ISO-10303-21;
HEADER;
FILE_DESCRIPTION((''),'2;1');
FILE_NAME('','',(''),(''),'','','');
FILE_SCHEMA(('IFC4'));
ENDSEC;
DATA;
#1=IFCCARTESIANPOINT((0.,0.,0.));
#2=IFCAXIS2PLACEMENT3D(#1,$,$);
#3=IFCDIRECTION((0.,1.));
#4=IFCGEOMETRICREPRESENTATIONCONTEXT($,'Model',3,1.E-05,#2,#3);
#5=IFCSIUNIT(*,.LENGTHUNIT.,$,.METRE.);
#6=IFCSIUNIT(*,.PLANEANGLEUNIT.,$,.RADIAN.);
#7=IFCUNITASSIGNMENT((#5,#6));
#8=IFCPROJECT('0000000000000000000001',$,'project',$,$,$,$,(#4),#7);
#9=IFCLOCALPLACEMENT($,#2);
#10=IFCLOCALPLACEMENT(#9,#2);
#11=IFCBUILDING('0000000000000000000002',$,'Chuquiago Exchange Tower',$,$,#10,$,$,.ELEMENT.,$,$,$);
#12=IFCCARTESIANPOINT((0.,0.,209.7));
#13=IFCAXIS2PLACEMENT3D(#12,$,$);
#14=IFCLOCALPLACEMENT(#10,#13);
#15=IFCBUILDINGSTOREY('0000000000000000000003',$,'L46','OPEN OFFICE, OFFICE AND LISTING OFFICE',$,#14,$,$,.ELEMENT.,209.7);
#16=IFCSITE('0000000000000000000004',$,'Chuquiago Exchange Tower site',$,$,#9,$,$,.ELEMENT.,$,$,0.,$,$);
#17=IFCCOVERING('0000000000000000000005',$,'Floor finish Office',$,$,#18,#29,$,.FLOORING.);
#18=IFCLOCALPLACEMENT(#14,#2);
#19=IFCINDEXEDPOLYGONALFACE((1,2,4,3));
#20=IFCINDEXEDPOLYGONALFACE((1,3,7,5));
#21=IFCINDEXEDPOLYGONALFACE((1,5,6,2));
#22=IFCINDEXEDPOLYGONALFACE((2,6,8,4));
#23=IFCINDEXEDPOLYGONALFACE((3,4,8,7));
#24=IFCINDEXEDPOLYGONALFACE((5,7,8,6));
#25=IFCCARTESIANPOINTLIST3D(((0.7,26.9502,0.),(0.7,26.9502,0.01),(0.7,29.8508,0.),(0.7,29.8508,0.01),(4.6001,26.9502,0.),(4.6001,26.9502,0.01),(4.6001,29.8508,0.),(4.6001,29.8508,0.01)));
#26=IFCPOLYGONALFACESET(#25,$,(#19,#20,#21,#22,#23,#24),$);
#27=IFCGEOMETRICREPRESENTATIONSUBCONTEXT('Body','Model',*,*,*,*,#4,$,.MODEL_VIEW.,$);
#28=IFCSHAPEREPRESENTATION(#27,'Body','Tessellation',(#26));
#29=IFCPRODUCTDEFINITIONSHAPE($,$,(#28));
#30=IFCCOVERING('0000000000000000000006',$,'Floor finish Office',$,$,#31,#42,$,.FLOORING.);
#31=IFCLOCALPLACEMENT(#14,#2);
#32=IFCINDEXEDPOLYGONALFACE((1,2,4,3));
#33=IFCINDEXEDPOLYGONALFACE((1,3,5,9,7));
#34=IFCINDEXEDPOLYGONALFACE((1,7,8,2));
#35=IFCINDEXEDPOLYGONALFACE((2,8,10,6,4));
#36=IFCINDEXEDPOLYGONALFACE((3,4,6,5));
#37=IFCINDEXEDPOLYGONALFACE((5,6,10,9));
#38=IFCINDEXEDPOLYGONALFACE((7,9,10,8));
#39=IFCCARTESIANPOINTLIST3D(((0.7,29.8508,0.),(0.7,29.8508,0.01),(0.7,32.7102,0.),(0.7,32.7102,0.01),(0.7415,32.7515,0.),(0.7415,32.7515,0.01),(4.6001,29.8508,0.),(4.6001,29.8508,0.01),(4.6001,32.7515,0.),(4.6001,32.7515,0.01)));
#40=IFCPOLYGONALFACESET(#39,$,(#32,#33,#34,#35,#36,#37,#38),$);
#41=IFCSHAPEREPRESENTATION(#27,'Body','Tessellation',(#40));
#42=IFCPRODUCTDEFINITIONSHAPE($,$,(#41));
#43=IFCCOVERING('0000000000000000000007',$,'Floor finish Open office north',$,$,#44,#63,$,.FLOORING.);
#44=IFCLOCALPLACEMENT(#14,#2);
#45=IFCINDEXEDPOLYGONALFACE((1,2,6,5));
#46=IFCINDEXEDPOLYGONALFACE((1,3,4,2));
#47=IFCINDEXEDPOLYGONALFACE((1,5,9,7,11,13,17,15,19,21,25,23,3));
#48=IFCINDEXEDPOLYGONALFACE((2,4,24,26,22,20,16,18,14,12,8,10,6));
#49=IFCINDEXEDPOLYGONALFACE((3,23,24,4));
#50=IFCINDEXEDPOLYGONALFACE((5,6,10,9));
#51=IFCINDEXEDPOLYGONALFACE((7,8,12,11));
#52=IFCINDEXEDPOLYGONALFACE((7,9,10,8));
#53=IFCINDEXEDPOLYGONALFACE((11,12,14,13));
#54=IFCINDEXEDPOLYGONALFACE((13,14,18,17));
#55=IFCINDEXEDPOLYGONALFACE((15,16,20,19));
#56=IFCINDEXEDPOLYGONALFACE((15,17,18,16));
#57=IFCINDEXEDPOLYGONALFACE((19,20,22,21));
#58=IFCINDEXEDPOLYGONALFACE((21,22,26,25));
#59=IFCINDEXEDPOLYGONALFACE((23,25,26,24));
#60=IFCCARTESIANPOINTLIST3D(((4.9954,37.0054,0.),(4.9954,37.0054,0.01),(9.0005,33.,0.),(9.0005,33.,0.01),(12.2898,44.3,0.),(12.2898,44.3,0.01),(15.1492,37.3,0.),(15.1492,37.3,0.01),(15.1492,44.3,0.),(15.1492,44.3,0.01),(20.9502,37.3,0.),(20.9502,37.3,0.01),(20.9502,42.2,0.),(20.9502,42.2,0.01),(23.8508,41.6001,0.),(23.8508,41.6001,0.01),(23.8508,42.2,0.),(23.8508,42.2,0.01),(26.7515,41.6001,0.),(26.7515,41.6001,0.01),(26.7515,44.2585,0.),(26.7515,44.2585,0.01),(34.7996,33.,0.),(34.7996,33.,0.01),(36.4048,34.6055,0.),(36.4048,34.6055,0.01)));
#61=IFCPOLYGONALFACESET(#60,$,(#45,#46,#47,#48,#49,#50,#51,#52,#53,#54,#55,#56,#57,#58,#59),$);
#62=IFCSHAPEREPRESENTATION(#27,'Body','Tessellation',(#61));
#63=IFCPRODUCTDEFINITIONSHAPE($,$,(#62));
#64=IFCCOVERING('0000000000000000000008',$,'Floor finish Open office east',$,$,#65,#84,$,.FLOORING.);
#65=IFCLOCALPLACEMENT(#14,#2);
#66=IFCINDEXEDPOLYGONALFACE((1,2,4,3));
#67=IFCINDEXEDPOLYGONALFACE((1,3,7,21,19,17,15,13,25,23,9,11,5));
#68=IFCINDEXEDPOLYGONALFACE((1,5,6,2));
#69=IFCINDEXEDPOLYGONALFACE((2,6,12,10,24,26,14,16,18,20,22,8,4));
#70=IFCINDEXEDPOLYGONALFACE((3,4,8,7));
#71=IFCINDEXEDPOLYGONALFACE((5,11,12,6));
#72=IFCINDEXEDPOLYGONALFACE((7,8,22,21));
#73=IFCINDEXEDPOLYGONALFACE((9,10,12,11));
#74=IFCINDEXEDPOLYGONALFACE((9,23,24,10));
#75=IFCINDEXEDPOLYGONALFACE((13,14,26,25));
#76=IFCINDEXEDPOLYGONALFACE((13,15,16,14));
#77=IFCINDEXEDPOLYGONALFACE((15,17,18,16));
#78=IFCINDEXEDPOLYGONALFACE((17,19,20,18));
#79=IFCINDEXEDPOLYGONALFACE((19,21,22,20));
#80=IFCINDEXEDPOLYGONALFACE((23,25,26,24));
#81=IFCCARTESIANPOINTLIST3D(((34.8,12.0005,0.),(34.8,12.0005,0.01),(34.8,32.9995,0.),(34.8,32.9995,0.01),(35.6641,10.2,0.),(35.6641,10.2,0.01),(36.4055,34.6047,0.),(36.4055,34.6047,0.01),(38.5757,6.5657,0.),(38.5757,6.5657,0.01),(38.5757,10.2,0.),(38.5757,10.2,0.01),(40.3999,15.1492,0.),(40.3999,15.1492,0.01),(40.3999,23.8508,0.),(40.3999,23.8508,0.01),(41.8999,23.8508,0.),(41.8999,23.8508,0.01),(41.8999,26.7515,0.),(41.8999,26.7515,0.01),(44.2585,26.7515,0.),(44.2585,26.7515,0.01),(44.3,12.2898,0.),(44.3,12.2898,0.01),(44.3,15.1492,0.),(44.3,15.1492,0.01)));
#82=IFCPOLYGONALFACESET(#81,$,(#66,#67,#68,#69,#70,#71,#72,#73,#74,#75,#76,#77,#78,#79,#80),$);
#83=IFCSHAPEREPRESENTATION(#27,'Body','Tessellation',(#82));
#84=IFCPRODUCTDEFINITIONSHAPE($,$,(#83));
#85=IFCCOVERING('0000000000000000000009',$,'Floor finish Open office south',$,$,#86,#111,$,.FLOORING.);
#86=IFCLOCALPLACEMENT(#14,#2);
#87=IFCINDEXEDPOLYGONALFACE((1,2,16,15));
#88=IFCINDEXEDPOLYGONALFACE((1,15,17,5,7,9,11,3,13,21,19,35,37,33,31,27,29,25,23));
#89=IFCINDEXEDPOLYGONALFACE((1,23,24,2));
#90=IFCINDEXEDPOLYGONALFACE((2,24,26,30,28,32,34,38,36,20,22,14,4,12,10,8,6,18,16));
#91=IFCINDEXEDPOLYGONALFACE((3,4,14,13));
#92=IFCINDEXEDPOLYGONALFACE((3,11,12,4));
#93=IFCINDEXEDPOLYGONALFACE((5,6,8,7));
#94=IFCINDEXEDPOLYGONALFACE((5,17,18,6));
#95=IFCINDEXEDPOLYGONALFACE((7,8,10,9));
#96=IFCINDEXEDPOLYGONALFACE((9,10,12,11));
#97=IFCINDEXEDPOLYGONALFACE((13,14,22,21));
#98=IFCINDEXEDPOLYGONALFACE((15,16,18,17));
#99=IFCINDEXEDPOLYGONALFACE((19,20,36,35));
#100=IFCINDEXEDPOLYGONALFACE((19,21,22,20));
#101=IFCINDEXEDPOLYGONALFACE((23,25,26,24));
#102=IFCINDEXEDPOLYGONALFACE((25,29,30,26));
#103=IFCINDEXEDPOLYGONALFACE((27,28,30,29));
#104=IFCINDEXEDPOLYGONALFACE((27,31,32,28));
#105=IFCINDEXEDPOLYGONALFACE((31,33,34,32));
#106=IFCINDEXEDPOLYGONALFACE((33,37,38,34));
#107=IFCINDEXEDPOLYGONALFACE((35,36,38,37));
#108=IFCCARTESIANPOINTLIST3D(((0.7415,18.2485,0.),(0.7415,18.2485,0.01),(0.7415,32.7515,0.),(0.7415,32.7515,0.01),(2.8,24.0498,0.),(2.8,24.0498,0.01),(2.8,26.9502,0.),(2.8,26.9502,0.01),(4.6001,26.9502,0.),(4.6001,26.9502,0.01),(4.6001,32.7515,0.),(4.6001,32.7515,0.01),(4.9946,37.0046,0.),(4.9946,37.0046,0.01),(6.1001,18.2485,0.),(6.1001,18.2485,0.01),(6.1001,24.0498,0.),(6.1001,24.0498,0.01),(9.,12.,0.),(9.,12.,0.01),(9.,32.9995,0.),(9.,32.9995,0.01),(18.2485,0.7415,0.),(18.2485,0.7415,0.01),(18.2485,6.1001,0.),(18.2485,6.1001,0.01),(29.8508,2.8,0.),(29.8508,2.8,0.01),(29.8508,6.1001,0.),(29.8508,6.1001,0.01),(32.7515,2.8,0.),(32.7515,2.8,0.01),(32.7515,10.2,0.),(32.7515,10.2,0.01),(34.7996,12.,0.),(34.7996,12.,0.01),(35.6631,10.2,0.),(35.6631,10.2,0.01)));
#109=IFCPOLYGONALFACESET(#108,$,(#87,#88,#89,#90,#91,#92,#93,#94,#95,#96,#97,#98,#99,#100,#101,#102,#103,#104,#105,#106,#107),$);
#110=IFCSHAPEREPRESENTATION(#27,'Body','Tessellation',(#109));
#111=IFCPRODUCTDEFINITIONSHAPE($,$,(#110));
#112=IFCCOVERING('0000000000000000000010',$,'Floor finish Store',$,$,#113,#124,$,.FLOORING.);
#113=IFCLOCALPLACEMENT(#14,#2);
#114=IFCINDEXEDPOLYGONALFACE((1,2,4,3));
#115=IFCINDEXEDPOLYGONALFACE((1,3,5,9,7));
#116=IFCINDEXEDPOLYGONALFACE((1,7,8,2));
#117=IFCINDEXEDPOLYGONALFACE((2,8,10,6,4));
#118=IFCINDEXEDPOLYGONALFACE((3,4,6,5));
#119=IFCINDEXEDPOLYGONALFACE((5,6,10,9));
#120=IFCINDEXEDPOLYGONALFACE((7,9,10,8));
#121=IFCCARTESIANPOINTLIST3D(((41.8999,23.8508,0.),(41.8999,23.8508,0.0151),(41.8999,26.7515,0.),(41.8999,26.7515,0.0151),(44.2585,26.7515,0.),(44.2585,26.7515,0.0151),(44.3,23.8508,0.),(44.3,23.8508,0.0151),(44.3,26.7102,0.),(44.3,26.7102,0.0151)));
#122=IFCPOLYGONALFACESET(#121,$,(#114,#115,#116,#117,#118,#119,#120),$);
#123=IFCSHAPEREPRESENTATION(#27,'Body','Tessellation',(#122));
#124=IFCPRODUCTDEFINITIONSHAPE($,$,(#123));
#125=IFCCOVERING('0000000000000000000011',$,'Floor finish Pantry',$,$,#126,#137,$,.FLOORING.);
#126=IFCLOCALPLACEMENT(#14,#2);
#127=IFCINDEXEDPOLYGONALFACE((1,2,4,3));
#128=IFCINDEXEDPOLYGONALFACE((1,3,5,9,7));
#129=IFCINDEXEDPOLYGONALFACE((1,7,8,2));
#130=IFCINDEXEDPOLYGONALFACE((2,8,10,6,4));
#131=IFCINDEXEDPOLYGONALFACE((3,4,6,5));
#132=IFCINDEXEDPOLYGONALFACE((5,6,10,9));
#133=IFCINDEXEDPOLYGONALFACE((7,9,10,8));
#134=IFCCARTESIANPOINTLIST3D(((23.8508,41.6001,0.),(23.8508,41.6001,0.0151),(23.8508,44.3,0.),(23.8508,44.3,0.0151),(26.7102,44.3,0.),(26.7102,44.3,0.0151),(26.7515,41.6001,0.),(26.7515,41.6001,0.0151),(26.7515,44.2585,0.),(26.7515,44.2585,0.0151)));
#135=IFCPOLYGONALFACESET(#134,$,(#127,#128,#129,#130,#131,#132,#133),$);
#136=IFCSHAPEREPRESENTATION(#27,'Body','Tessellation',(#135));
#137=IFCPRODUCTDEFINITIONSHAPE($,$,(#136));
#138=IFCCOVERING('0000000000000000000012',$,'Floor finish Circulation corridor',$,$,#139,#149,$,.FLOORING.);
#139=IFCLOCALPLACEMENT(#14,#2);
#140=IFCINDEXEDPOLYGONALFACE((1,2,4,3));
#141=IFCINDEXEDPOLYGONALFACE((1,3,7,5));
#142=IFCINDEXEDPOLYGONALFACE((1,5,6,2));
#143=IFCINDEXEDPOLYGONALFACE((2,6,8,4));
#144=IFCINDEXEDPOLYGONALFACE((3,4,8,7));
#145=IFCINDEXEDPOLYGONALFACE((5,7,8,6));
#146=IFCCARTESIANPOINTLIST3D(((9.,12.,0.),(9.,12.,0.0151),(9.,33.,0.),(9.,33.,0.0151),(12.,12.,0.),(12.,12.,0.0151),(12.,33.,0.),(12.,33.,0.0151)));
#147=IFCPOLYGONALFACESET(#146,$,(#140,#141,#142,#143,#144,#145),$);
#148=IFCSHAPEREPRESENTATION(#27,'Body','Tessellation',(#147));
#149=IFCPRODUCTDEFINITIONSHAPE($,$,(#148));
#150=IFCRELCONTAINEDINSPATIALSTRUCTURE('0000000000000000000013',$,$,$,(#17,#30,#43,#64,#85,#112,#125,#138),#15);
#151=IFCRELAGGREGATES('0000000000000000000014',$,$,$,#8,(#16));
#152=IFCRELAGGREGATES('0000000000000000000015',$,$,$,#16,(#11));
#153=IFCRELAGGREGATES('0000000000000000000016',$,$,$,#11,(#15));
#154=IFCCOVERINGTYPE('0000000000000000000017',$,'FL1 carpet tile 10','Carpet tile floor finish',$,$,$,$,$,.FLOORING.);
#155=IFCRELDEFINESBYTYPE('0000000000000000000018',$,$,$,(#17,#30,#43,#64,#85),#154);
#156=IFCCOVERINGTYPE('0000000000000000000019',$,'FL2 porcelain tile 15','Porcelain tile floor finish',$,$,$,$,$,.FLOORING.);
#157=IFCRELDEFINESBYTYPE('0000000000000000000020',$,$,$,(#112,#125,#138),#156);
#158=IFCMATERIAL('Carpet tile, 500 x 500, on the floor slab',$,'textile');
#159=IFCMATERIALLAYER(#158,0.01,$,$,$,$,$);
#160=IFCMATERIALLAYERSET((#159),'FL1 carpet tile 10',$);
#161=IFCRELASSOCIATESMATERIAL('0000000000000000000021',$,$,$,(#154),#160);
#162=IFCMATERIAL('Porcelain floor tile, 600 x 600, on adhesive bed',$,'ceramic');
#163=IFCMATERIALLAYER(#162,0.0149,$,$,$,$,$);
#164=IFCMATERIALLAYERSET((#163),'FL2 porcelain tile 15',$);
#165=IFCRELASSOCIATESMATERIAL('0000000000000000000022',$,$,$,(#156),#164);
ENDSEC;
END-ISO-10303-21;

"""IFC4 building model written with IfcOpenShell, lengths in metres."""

from ifc_helpers import new_model, si_unit, direction, frame, origin, place, context, subcontext, project, spatial, polyline, outline, extrude, material, layer, layer_set, type_object, element, save


model = new_model("IFC4")

# Units and contexts
model_context = context("Model", 3, precision=1e-05, world=origin(), true_north=direction((0.0, 1.0)))
body_context = subcontext(model_context, "Body", "Model", "MODEL_VIEW")
ifc_project = project(units=[si_unit("LENGTHUNIT", "METRE"), si_unit("PLANEANGLEUNIT", "RADIAN")], contexts=[model_context])

# Site, building, storey
site_placement = place(None, origin())
site = spatial("IfcSite", under=ifc_project, at=site_placement, Name="Chuquiago Exchange Tower site", CompositionType="ELEMENT", RefElevation=0.0)
building_placement = place(site_placement, origin())
building = spatial("IfcBuilding", under=site, at=building_placement, Name="Chuquiago Exchange Tower", CompositionType="ELEMENT")
storey_placement = place(building_placement, frame((0.0, 0.0, 209.7)))
storey = spatial("IfcBuildingStorey", under=building, at=storey_placement, Name="L46", Description="OPEN OFFICE, OFFICE AND LISTING OFFICE", CompositionType="ELEMENT", Elevation=209.7)

# Coverings
ifc_material_1 = material(Name="Carpet tile, 500 x 500, on the floor slab", Category="textile")
ifc_layer_1 = layer(ifc_material_1, 0.01)
ifc_layer_set_1 = layer_set([ifc_layer_1], Name="FL1 carpet tile 10")
covering_type_1 = type_object("IfcCoveringType", Name="FL1 carpet tile 10", Description="Carpet tile floor finish", PredefinedType="FLOORING", material=ifc_layer_set_1)
covering_1_placement = place(storey_placement, origin())
element("IfcCovering", 1, at=covering_1_placement, inside=storey, type_object=covering_type_1, Name="Floor finish Office", PredefinedType="FLOORING", context=body_context, shape_type="SweptSolid", body=[
    extrude(outline(polyline([(0.7, 29.8508), (4.6001, 29.8508), (4.6001, 26.9502), (0.7, 26.9502), (0.7, 29.8508)])), origin(), (0.0, 0.0, 1.0), 0.01),
])
covering_2_placement = place(storey_placement, origin())
element("IfcCovering", 2, at=covering_2_placement, inside=storey, type_object=covering_type_1, Name="Floor finish Office", PredefinedType="FLOORING", context=body_context, shape_type="SweptSolid", body=[
    extrude(outline(polyline([(0.7, 32.7102), (0.7415, 32.7515), (4.6001, 32.7515), (4.6001, 29.8508), (0.7, 29.8508), (0.7, 32.7102)])), origin(), (0.0, 0.0, 1.0), 0.01),
])
covering_3_placement = place(storey_placement, origin())
element("IfcCovering", 3, at=covering_3_placement, inside=storey, type_object=covering_type_1, Name="Floor finish Open office north", PredefinedType="FLOORING", context=body_context, shape_type="SweptSolid", body=[
    extrude(outline(polyline([(15.1492, 37.3), (20.9502, 37.3), (20.9502, 42.2), (23.8508, 42.2), (23.8508, 41.6001), (26.7515, 41.6001), (26.7515, 44.2585), (36.4048, 34.6055), (34.7996, 33.0), (9.0005, 33.0), (4.9954, 37.0054), (12.2898, 44.3), (15.1492, 44.3), (15.1492, 37.3)])), origin(), (0.0, 0.0, 1.0), 0.01),
])
covering_4_placement = place(storey_placement, origin())
element("IfcCovering", 4, at=covering_4_placement, inside=storey, type_object=covering_type_1, Name="Floor finish Open office east", PredefinedType="FLOORING", context=body_context, shape_type="SweptSolid", body=[
    extrude(outline(polyline([(44.2585, 26.7515), (41.8999, 26.7515), (41.8999, 23.8508), (40.3999, 23.8508), (40.3999, 15.1492), (44.3, 15.1492), (44.3, 12.2898), (38.5757, 6.5657), (38.5757, 10.2), (35.6641, 10.2), (34.8, 12.0005), (34.8, 32.9995), (36.4055, 34.6047), (44.2585, 26.7515)])), origin(), (0.0, 0.0, 1.0), 0.01),
])
covering_5_placement = place(storey_placement, origin())
element("IfcCovering", 5, at=covering_5_placement, inside=storey, type_object=covering_type_1, Name="Floor finish Open office south", PredefinedType="FLOORING", context=body_context, shape_type="SweptSolid", body=[
    extrude(outline(polyline([(32.7515, 10.2), (32.7515, 2.8), (29.8508, 2.8), (29.8508, 6.1001), (18.2485, 6.1001), (18.2485, 0.7415), (0.7415, 18.2485), (6.1001, 18.2485), (6.1001, 24.0498), (2.8, 24.0498), (2.8, 26.9502), (4.6001, 26.9502), (4.6001, 32.7515), (0.7415, 32.7515), (4.9946, 37.0046), (9.0, 32.9995), (9.0, 12.0), (34.7996, 12.0), (35.6631, 10.2), (32.7515, 10.2)])), origin(), (0.0, 0.0, 1.0), 0.01),
])
ifc_material_2 = material(Name="Porcelain floor tile, 600 x 600, on adhesive bed", Category="ceramic")
ifc_layer_2 = layer(ifc_material_2, 0.0149)
ifc_layer_set_2 = layer_set([ifc_layer_2], Name="FL2 porcelain tile 15")
covering_type_2 = type_object("IfcCoveringType", Name="FL2 porcelain tile 15", Description="Porcelain tile floor finish", PredefinedType="FLOORING", material=ifc_layer_set_2)
covering_6_placement = place(storey_placement, origin())
element("IfcCovering", 6, at=covering_6_placement, inside=storey, type_object=covering_type_2, Name="Floor finish Store", PredefinedType="FLOORING", context=body_context, shape_type="SweptSolid", body=[
    extrude(outline(polyline([(44.3, 26.7102), (44.3, 23.8508), (41.8999, 23.8508), (41.8999, 26.7515), (44.2585, 26.7515), (44.3, 26.7102)])), origin(), (0.0, 0.0, 1.0), 0.0151),
])
covering_7_placement = place(storey_placement, origin())
element("IfcCovering", 7, at=covering_7_placement, inside=storey, type_object=covering_type_2, Name="Floor finish Pantry", PredefinedType="FLOORING", context=body_context, shape_type="SweptSolid", body=[
    extrude(outline(polyline([(26.7102, 44.3), (26.7515, 44.2585), (26.7515, 41.6001), (23.8508, 41.6001), (23.8508, 44.3), (26.7102, 44.3)])), origin(), (0.0, 0.0, 1.0), 0.0151),
])
covering_8_placement = place(storey_placement, origin())
element("IfcCovering", 8, at=covering_8_placement, inside=storey, type_object=covering_type_2, Name="Floor finish Circulation corridor", PredefinedType="FLOORING", context=body_context, shape_type="SweptSolid", body=[
    extrude(outline(polyline([(12.0, 12.0), (9.0, 12.0), (9.0, 33.0), (12.0, 33.0), (12.0, 12.0)])), origin(), (0.0, 0.0, 1.0), 0.0151),
])

save(model, "model.ifc")
